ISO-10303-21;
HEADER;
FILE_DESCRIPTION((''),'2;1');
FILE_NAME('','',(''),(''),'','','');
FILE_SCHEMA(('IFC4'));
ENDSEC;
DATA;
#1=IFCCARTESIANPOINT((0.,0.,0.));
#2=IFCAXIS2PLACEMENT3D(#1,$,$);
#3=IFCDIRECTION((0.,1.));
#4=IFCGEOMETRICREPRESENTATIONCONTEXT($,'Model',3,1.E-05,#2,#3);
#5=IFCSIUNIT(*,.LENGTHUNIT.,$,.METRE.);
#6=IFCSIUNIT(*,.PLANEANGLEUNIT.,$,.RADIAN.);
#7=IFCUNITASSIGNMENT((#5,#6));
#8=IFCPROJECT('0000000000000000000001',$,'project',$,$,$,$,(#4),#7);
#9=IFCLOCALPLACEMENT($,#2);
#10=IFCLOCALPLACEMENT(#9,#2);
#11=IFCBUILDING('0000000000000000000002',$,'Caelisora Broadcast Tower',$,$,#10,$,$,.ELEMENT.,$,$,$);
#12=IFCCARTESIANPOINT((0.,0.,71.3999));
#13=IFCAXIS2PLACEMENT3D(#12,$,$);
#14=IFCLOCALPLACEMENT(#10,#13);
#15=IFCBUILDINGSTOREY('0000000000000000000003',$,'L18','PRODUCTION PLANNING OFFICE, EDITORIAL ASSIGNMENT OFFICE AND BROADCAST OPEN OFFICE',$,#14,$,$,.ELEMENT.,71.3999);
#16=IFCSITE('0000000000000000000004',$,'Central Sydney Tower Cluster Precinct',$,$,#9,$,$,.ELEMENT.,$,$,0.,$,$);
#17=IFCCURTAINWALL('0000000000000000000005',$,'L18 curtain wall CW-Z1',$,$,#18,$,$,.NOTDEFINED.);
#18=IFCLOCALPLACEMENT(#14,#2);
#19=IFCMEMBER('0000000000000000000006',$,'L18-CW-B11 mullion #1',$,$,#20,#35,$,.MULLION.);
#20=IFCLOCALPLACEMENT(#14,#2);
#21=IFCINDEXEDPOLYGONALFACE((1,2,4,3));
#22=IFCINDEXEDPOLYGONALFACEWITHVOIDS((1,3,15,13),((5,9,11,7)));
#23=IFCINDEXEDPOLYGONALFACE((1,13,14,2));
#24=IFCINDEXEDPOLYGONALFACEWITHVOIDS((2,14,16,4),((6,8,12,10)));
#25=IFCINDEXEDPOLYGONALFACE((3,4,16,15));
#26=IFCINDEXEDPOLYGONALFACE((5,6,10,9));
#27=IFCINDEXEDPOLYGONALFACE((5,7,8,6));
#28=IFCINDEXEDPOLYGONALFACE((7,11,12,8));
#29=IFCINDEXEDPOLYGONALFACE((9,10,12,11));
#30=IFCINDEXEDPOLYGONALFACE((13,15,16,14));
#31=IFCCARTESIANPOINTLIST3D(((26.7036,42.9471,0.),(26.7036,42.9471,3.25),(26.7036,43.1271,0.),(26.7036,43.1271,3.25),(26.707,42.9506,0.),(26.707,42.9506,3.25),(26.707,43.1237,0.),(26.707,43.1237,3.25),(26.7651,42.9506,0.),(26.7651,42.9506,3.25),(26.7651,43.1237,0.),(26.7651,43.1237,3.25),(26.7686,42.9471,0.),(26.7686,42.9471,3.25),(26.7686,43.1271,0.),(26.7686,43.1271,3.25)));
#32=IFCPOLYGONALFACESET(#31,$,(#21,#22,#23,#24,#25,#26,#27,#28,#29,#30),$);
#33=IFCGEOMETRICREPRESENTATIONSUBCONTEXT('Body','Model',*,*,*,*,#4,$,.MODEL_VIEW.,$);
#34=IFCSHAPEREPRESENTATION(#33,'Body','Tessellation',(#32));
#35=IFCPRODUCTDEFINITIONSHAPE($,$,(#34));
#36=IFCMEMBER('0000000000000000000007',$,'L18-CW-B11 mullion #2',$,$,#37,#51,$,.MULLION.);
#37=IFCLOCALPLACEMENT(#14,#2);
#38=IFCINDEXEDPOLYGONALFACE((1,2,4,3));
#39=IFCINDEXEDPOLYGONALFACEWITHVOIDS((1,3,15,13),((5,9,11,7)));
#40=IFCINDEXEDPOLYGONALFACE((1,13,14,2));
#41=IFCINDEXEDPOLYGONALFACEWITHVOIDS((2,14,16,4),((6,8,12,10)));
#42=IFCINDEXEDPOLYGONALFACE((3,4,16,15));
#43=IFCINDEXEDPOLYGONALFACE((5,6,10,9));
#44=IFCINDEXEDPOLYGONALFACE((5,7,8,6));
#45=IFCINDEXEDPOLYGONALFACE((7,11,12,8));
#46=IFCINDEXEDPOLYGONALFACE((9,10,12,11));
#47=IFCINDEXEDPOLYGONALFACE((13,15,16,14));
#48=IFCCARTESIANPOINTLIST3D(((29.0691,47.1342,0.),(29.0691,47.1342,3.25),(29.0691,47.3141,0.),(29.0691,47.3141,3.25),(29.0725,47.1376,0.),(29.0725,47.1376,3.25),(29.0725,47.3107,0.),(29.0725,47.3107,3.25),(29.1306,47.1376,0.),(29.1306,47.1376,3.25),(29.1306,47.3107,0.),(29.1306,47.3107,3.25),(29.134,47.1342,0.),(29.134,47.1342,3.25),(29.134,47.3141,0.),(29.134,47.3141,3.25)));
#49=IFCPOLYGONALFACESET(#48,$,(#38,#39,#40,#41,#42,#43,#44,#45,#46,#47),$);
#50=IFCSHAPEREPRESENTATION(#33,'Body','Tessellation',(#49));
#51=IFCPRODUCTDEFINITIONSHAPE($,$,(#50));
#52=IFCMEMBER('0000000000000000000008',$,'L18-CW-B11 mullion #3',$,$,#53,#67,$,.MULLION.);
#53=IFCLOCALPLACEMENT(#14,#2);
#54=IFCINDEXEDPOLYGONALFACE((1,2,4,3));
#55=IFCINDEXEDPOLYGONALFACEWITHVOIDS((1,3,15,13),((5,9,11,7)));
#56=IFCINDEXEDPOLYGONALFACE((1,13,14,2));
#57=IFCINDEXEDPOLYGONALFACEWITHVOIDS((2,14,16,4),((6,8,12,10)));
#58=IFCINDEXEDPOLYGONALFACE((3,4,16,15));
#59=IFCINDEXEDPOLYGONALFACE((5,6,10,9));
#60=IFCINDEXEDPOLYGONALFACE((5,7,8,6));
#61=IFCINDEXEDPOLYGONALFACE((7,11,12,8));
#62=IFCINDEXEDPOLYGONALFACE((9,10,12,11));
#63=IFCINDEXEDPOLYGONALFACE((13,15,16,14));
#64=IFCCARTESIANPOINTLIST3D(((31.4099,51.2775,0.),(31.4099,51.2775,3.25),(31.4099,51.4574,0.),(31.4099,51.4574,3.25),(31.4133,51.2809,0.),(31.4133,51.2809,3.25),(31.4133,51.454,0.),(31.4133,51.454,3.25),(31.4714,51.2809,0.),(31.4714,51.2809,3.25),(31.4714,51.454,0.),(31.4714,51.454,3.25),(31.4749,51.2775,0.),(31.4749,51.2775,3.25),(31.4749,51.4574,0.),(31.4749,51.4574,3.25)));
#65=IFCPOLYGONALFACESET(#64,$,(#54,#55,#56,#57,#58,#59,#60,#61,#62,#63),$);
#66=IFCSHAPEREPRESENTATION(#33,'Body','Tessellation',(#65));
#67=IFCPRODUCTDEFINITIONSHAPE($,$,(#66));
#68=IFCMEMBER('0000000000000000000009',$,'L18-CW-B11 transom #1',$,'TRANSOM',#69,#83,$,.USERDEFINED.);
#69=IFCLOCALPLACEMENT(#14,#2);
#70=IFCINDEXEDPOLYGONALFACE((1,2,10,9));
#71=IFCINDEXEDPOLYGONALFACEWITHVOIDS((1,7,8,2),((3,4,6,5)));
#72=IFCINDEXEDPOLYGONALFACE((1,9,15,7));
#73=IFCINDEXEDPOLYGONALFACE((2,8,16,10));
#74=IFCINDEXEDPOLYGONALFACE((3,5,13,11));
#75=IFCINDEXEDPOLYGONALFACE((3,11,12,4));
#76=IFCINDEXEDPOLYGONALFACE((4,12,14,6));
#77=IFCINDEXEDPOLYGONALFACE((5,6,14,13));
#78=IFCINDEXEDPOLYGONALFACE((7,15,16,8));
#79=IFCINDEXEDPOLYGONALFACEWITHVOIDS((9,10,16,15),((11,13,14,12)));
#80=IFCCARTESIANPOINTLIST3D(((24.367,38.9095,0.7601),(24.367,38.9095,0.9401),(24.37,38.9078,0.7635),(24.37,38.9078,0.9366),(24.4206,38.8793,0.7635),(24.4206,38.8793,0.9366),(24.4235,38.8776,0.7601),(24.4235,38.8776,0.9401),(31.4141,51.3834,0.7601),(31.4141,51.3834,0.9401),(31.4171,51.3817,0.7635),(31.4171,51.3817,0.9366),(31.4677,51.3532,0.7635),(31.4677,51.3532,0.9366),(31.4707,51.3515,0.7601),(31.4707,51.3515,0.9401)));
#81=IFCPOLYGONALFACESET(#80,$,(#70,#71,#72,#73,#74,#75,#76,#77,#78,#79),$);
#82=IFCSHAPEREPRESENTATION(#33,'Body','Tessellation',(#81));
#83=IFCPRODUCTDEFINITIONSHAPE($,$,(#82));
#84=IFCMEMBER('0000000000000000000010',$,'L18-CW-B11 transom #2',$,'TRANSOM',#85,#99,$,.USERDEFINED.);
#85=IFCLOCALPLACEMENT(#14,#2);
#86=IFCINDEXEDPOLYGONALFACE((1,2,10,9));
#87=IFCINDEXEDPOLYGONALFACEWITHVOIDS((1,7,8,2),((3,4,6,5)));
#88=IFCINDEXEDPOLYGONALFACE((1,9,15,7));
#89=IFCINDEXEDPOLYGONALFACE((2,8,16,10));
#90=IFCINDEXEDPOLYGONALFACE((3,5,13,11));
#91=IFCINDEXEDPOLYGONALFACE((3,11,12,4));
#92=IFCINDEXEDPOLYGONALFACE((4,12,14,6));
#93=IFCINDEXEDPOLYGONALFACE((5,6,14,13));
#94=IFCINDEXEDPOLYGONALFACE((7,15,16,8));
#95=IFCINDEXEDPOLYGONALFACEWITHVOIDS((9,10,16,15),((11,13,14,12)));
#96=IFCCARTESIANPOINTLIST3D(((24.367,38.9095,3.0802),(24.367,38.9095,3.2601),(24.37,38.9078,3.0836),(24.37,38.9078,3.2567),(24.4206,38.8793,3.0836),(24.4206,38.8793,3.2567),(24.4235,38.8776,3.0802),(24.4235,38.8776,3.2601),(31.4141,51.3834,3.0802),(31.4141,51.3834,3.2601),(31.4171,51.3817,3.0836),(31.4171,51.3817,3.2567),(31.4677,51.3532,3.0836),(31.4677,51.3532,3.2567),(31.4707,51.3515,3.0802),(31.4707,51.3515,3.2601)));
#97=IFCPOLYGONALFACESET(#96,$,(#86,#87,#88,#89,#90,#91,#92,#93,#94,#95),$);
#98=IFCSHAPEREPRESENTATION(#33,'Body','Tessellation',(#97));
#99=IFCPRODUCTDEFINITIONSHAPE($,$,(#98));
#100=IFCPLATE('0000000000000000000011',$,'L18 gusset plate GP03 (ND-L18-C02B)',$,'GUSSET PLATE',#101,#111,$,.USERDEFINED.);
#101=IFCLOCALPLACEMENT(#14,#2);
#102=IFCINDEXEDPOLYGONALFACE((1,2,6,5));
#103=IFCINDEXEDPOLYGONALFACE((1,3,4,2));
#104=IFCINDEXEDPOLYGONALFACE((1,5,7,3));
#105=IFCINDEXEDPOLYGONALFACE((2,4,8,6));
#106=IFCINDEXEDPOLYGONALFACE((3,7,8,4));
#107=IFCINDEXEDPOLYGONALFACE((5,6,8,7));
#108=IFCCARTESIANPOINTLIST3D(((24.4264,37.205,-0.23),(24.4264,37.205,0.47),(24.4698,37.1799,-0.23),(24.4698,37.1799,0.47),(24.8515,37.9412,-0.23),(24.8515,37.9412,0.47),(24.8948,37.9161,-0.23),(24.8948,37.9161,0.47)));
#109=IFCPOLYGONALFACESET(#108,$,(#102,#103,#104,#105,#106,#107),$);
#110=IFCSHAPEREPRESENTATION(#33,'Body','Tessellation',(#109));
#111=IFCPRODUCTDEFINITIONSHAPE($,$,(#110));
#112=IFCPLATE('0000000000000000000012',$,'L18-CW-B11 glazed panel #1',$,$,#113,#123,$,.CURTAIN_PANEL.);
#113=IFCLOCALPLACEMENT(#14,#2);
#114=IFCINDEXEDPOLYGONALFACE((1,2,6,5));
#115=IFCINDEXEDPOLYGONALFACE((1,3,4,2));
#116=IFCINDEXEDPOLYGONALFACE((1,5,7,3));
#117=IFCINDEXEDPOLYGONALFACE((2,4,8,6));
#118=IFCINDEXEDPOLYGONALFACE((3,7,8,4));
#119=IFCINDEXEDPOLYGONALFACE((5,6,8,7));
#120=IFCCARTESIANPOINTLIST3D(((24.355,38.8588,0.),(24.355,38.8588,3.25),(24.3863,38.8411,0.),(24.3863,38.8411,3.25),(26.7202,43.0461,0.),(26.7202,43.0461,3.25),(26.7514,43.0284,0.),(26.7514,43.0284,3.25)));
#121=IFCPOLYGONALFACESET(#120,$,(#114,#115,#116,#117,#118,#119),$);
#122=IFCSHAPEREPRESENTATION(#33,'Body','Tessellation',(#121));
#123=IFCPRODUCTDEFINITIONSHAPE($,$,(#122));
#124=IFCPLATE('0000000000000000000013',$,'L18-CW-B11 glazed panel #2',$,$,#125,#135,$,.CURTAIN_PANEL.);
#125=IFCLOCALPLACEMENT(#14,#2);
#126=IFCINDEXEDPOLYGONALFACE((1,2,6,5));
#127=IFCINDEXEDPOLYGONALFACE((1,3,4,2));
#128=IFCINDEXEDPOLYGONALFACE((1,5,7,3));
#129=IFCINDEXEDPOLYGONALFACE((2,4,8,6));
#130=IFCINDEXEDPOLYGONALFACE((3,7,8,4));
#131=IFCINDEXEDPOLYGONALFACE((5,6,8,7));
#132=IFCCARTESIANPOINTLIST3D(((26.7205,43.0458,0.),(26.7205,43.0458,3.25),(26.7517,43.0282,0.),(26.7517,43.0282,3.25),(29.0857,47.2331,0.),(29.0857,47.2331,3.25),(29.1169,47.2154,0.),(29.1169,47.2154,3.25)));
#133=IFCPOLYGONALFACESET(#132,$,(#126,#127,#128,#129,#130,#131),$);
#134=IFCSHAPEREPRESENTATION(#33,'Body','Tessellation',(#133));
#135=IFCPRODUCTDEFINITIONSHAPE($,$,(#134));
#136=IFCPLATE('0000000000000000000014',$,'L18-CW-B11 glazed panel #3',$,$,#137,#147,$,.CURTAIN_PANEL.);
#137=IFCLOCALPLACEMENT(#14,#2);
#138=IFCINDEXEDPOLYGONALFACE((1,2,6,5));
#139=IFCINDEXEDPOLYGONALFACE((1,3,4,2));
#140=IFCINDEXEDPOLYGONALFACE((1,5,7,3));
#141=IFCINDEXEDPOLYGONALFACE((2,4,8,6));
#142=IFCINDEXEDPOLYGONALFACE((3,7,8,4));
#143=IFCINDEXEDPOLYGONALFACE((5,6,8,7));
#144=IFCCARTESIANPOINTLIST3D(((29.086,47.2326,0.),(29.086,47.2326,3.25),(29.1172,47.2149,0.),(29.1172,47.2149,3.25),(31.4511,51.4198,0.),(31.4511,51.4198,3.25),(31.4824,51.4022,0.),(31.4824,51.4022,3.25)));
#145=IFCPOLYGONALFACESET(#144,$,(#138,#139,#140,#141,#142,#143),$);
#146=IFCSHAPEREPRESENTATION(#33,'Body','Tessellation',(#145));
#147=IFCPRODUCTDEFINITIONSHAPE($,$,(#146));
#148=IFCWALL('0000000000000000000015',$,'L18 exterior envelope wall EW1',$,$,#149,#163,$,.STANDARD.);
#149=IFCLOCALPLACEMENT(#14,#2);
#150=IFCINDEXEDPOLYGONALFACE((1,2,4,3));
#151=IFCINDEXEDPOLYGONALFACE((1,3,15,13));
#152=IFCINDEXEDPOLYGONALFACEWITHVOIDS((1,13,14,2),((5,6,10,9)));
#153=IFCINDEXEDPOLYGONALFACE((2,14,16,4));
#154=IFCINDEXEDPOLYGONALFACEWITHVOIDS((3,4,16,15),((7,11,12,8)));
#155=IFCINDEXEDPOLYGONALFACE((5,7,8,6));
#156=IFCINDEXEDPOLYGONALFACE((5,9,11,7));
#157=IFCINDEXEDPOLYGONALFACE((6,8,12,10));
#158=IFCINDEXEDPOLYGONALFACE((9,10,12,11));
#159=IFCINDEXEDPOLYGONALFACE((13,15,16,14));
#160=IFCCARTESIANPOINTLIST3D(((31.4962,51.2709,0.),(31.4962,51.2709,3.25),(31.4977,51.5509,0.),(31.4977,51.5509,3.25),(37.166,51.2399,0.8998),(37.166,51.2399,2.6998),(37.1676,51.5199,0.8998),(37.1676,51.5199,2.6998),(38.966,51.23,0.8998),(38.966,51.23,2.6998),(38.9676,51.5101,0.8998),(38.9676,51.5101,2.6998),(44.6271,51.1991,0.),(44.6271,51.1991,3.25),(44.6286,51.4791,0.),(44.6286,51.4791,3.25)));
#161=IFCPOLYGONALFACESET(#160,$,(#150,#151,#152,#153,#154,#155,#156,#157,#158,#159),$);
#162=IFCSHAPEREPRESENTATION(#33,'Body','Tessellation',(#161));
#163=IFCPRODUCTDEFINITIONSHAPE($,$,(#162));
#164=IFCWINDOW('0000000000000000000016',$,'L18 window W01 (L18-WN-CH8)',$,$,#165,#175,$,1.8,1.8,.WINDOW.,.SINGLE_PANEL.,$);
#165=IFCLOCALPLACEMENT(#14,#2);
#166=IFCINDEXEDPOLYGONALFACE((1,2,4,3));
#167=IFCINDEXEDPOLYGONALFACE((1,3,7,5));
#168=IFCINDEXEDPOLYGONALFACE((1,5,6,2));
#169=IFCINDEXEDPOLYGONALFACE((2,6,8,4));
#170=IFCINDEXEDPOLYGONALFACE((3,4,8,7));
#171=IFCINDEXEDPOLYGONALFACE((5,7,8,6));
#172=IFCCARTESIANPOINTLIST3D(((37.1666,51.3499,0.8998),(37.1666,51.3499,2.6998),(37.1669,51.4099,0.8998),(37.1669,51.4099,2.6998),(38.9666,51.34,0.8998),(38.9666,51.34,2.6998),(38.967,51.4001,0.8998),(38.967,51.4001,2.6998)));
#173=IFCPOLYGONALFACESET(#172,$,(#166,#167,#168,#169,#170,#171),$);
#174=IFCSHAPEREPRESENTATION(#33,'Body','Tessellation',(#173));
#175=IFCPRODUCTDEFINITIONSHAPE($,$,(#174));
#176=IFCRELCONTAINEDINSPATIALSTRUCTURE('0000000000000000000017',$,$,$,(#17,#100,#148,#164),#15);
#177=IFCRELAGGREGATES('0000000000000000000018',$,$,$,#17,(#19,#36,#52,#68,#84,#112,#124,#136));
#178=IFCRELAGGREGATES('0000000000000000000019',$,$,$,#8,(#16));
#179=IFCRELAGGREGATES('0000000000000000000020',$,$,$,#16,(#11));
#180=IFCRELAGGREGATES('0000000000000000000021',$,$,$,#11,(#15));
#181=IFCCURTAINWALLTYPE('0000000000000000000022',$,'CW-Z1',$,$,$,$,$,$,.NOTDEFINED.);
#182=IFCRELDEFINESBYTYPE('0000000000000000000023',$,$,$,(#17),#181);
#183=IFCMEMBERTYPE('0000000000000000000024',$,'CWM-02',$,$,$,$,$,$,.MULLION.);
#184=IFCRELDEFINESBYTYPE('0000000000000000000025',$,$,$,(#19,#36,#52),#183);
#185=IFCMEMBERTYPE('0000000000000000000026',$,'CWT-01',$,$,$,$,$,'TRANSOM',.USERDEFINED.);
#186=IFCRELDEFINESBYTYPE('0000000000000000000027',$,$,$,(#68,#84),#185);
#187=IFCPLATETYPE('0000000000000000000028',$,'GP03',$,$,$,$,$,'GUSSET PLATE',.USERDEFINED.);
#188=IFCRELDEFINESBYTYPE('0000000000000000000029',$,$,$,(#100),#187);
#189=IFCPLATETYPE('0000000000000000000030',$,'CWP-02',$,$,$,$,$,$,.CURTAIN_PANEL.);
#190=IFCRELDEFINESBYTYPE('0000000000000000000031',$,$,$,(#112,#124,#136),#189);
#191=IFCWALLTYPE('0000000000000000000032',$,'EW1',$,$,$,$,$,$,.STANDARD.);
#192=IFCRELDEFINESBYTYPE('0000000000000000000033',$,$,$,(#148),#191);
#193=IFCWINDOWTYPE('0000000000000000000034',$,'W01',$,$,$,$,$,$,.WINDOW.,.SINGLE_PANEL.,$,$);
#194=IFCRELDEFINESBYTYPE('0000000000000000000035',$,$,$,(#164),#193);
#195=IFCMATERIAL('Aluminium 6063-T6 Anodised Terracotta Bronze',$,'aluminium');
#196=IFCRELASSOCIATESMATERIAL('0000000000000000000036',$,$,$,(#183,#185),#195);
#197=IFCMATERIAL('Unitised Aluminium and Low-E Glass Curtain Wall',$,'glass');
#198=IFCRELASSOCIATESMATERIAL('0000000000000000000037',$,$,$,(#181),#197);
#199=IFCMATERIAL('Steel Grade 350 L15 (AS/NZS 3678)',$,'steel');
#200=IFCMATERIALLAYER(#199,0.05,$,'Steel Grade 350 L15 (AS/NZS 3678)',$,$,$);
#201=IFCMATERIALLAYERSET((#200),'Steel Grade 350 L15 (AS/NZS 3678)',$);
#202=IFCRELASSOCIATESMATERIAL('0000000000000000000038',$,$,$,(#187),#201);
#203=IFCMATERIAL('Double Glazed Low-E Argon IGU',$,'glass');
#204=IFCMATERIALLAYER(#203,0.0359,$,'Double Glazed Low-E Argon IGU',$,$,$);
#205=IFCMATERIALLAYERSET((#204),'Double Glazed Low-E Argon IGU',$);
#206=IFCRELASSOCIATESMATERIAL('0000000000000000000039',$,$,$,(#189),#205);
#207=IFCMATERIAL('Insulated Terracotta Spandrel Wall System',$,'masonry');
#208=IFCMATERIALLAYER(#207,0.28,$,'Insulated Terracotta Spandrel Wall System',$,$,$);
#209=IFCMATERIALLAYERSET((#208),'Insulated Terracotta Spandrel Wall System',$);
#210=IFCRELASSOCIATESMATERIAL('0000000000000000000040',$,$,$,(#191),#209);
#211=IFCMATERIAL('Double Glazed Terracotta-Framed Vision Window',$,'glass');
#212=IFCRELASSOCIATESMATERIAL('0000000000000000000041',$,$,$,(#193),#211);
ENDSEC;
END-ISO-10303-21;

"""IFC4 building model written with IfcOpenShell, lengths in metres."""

from ifc_helpers import new_model, si_unit, direction, frame, frame_2d, origin, origin_2d, place, context, subcontext, project, spatial, rectangle, hollow_rectangle, extrude, source, transform, mapped, material, layer, layer_set, material_profile, profile_set, type_object, type_shapes, element, fill, aggregate, save


model = new_model("IFC4")

# Units and contexts
model_context = context("Model", 3, precision=1e-05, world=origin(), true_north=direction((0.0, 1.0)))
body_context = subcontext(model_context, "Body", "Model", "MODEL_VIEW")
ifc_project = project(units=[si_unit("LENGTHUNIT", "METRE"), si_unit("PLANEANGLEUNIT", "RADIAN")], contexts=[model_context])

# Site, building, storey
site_placement = place(None, origin())
site = spatial("IfcSite", under=ifc_project, at=site_placement, Name="Central Sydney Tower Cluster Precinct", CompositionType="ELEMENT", RefElevation=0.0)
building_placement = place(site_placement, origin())
building = spatial("IfcBuilding", under=site, at=building_placement, Name="Caelisora Broadcast Tower", CompositionType="ELEMENT")
storey_placement = place(building_placement, frame((0.0, 0.0, 71.3999)))
storey = spatial("IfcBuildingStorey", under=building, at=storey_placement, Name="L18", Description="PRODUCTION PLANNING OFFICE, EDITORIAL ASSIGNMENT OFFICE AND BROADCAST OPEN OFFICE", CompositionType="ELEMENT", Elevation=71.3999)

# Shared definitions
ifc_material_1 = material(Name="Steel Grade 350 L15 (AS/NZS 3678)", Category="steel")

# Shared definitions
ifc_material_2 = material(Name="Aluminium 6063-T6 Anodised Terracotta Bronze", Category="aluminium")
ifc_material_profile_1 = material_profile(ifc_material_2, hollow_rectangle(XDim=0.0649, YDim=0.1799, WallThickness=0.0034, at=origin_2d()), Name="Aluminium 6063-T6 Anodised Terracotta Bronze")
ifc_profile_set_1 = profile_set([ifc_material_profile_1], Name="Aluminium 6063-T6 Anodised Terracotta Bronze")
member_type_1 = type_object("IfcMemberType", Name="CWM-02", PredefinedType="MULLION", material=ifc_profile_set_1)
shared_shape_1 = source(origin(), body_context, "Body", "SweptSolid", [
    extrude(hollow_rectangle(XDim=0.0649, YDim=0.1799, WallThickness=0.0034, at=origin_2d()), origin(), (0.0, 0.0, 1.0), 3.25),
])
type_shapes(member_type_1, [shared_shape_1])

# Curtain wall, members
ifc_material_3 = material(Name="Unitised Aluminium and Low-E Glass Curtain Wall", Category="glass")
curtain_wall_type_1 = type_object("IfcCurtainWallType", Name="CW-Z1", PredefinedType="NOTDEFINED", material=ifc_material_3)
curtain_wall_1_placement = place(storey_placement, origin())
curtain_wall_1 = element("IfcCurtainWall", 1, at=curtain_wall_1_placement, inside=storey, type_object=curtain_wall_type_1, Name="L18 curtain wall CW-Z1", PredefinedType="NOTDEFINED")
member_1_placement = place(storey_placement, frame((26.7361, 43.0371, 0.0), z_axis=(0.0, 0.0, 1.0), x_axis=(1.0, 0.0, 0.0)))
member_1 = element("IfcMember", 2, at=member_1_placement, type_object=member_type_1, Name="L18-CW-B11 mullion #1", PredefinedType="MULLION", context=body_context, shape_type="MappedRepresentation", body=[
    mapped(shared_shape_1, transform((0.0, 0.0, 0.0), scale=1.0)),
])
member_2_placement = place(storey_placement, frame((29.1016, 47.2241, 0.0), z_axis=(0.0, 0.0, 1.0), x_axis=(1.0, 0.0, 0.0)))
member_2 = element("IfcMember", 3, at=member_2_placement, type_object=member_type_1, Name="L18-CW-B11 mullion #2", PredefinedType="MULLION", context=body_context, shape_type="MappedRepresentation", body=[
    mapped(shared_shape_1, transform((0.0, 0.0, 0.0), scale=1.0)),
])
member_3_placement = place(storey_placement, frame((31.4424, 51.3674, 0.0), z_axis=(0.0, 0.0, 1.0), x_axis=(1.0, 0.0, 0.0)))
member_3 = element("IfcMember", 4, at=member_3_placement, type_object=member_type_1, Name="L18-CW-B11 mullion #3", PredefinedType="MULLION", context=body_context, shape_type="MappedRepresentation", body=[
    mapped(shared_shape_1, transform((0.0, 0.0, 0.0), scale=1.0)),
])
ifc_material_profile_2 = material_profile(ifc_material_2, hollow_rectangle(XDim=0.0649, YDim=0.1799, WallThickness=0.0034, at=origin_2d()), Name="Aluminium 6063-T6 Anodised Terracotta Bronze")
ifc_profile_set_2 = profile_set([ifc_material_profile_2], Name="Aluminium 6063-T6 Anodised Terracotta Bronze")
member_type_2 = type_object("IfcMemberType", Name="CWT-01", ElementType="TRANSOM", PredefinedType="USERDEFINED", material=ifc_profile_set_2)
shared_shape_2 = source(origin(), body_context, "Body", "SweptSolid", [
    extrude(hollow_rectangle(XDim=0.0649, YDim=0.1799, WallThickness=0.0034, at=origin_2d()), origin(), (0.0, 0.0, 1.0), 14.3269),
])
type_shapes(member_type_2, [shared_shape_2])
member_4_placement = place(storey_placement, frame((24.3953, 38.8936, 0.8501), z_axis=(0.491881, 0.870662, 0.0), x_axis=(-0.870662, 0.491881, 0.0)))
member_4 = element("IfcMember", 5, at=member_4_placement, type_object=member_type_2, Name="L18-CW-B11 transom #1", ObjectType="TRANSOM", PredefinedType="USERDEFINED", context=body_context, shape_type="MappedRepresentation", body=[
    mapped(shared_shape_2, transform((0.0, 0.0, 0.0), scale=1.0)),
])
member_5_placement = place(storey_placement, frame((24.3953, 38.8936, 3.1702), z_axis=(0.491881, 0.870662, 0.0), x_axis=(-0.870662, 0.491881, 0.0)))
member_5 = element("IfcMember", 6, at=member_5_placement, type_object=member_type_2, Name="L18-CW-B11 transom #2", ObjectType="TRANSOM", PredefinedType="USERDEFINED", context=body_context, shape_type="MappedRepresentation", body=[
    mapped(shared_shape_2, transform((0.0, 0.0, 0.0), scale=1.0)),
])

# Plates
ifc_layer_1 = layer(ifc_material_1, 0.05, Name="Steel Grade 350 L15 (AS/NZS 3678)")
ifc_layer_set_1 = layer_set([ifc_layer_1], Name="Steel Grade 350 L15 (AS/NZS 3678)")
plate_type_1 = type_object("IfcPlateType", Name="GP03", ElementType="GUSSET PLATE", PredefinedType="USERDEFINED", material=ifc_layer_set_1)
shared_shape_3 = source(origin(), body_context, "Body", "SweptSolid", [
    extrude(rectangle(XDim=0.8501, YDim=0.05, at=origin_2d()), origin(), (0.0, 0.0, 1.0), 0.7),
])
type_shapes(plate_type_1, [shared_shape_3])
plate_1_placement = place(storey_placement, frame((24.6606, 37.5605, -0.23), z_axis=(0.0, 0.0, 1.0), x_axis=(-0.5, -0.866025, 0.0)))
element("IfcPlate", 7, at=plate_1_placement, inside=storey, type_object=plate_type_1, Name="L18 gusset plate GP03 (ND-L18-C02B)", ObjectType="GUSSET PLATE", PredefinedType="USERDEFINED", context=body_context, shape_type="MappedRepresentation", body=[
    mapped(shared_shape_3, transform((0.0, 0.0, 0.0), scale=1.0)),
])
ifc_material_4 = material(Name="Double Glazed Low-E Argon IGU", Category="glass")
ifc_layer_2 = layer(ifc_material_4, 0.0359, Name="Double Glazed Low-E Argon IGU")
ifc_layer_set_2 = layer_set([ifc_layer_2], Name="Double Glazed Low-E Argon IGU")
plate_type_2 = type_object("IfcPlateType", Name="CWP-02", PredefinedType="CURTAIN_PANEL", material=ifc_layer_set_2)
shared_shape_4 = source(origin(), body_context, "Body", "SweptSolid", [
    extrude(rectangle(XDim=4.8091, YDim=0.0359, at=origin_2d()), origin(), (0.0, 0.0, 1.0), 3.25),
])
type_shapes(plate_type_2, [shared_shape_4])
plate_2_placement = place(storey_placement, frame((25.5532, 40.9436, 0.0), z_axis=(0.0, 0.0, 1.0), x_axis=(0.491816, 0.870699, 0.0)))
plate_2 = element("IfcPlate", 8, at=plate_2_placement, type_object=plate_type_2, Name="L18-CW-B11 glazed panel #1", PredefinedType="CURTAIN_PANEL", context=body_context, shape_type="MappedRepresentation", body=[
    mapped(shared_shape_4, transform((0.0, 0.0, 0.0), scale=1.0)),
])
plate_3_placement = place(storey_placement, frame((27.9187, 45.1306, 0.0), z_axis=(0.0, 0.0, 1.0), x_axis=(0.491816, 0.870699, 0.0)))
plate_3 = element("IfcPlate", 9, at=plate_3_placement, type_object=plate_type_2, Name="L18-CW-B11 glazed panel #2", PredefinedType="CURTAIN_PANEL", context=body_context, shape_type="MappedRepresentation", body=[
    mapped(shared_shape_4, transform((0.0, 0.0, 0.0), scale=1.0)),
])
plate_4_placement = place(storey_placement, frame((30.2842, 49.3174, 0.0), z_axis=(0.0, 0.0, 1.0), x_axis=(0.491816, 0.870699, 0.0)))
plate_4 = element("IfcPlate", 10, at=plate_4_placement, type_object=plate_type_2, Name="L18-CW-B11 glazed panel #3", PredefinedType="CURTAIN_PANEL", context=body_context, shape_type="MappedRepresentation", body=[
    mapped(shared_shape_4, transform((0.0, 0.0, 0.0), scale=1.0)),
])
aggregate(curtain_wall_1, [member_1, member_2, member_3, member_4, member_5, plate_2, plate_3, plate_4])

# Wall, opening, window
ifc_material_5 = material(Name="Insulated Terracotta Spandrel Wall System", Category="masonry")
ifc_layer_3 = layer(ifc_material_5, 0.28, Name="Insulated Terracotta Spandrel Wall System")
ifc_layer_set_3 = layer_set([ifc_layer_3], Name="Insulated Terracotta Spandrel Wall System")
wall_type_1 = type_object("IfcWallType", Name="EW1", PredefinedType="STANDARD", material=ifc_layer_set_3)
wall_1_placement = place(storey_placement, frame((31.4971, 51.4109, 0.0), z_axis=(0.0, 0.0, 1.0), x_axis=(0.999985, -0.005466, 0.0)))
wall_1 = element("IfcWall", 11, at=wall_1_placement, inside=storey, type_object=wall_type_1, Name="L18 exterior envelope wall EW1", PredefinedType="STANDARD", context=body_context, shape_type="SweptSolid", body=[
    extrude(rectangle(XDim=13.1311, YDim=0.28, at=frame_2d((6.5654, 0.0))), origin(), (0.0, 0.0, 1.0), 3.25),
])
opening_placement = place(wall_1_placement, frame((5.6699, 0.0, 0.8999)))
opening = element("IfcOpeningElement", 12, at=opening_placement, cuts=wall_1, PredefinedType="OPENING", context=body_context, shape_type="SweptSolid", body=[
    extrude(rectangle(XDim=1.8, YDim=1.8, at=frame_2d((0.8999, 0.8999))), frame((0.0, 0.1521, 0.0), z_axis=(0.0, -1.0, 0.0), x_axis=(1.0, 0.0, 0.0)), (0.0, 0.0, 1.0), 0.304),
])
ifc_material_6 = material(Name="Double Glazed Terracotta-Framed Vision Window", Category="glass")
window_type = type_object("IfcWindowType", Name="W01", PartitioningType="SINGLE_PANEL", PredefinedType="WINDOW", material=ifc_material_6)
window_placement = place(opening_placement, origin())
window = element("IfcWindow", 13, at=window_placement, inside=storey, type_object=window_type, Name="L18 window W01 (L18-WN-CH8)", OverallHeight=1.8, OverallWidth=1.8, PartitioningType="SINGLE_PANEL", PredefinedType="WINDOW", context=body_context, shape_type="SweptSolid", body=[
    extrude(rectangle(XDim=1.8, YDim=1.8, at=frame_2d((0.8999, 0.8999))), frame((0.0, 0.03, 0.0), z_axis=(0.0, -1.0, 0.0), x_axis=(1.0, 0.0, 0.0)), (0.0, 0.0, 1.0), 0.0601),
])
fill(opening, window)

save(model, "model.ifc")
